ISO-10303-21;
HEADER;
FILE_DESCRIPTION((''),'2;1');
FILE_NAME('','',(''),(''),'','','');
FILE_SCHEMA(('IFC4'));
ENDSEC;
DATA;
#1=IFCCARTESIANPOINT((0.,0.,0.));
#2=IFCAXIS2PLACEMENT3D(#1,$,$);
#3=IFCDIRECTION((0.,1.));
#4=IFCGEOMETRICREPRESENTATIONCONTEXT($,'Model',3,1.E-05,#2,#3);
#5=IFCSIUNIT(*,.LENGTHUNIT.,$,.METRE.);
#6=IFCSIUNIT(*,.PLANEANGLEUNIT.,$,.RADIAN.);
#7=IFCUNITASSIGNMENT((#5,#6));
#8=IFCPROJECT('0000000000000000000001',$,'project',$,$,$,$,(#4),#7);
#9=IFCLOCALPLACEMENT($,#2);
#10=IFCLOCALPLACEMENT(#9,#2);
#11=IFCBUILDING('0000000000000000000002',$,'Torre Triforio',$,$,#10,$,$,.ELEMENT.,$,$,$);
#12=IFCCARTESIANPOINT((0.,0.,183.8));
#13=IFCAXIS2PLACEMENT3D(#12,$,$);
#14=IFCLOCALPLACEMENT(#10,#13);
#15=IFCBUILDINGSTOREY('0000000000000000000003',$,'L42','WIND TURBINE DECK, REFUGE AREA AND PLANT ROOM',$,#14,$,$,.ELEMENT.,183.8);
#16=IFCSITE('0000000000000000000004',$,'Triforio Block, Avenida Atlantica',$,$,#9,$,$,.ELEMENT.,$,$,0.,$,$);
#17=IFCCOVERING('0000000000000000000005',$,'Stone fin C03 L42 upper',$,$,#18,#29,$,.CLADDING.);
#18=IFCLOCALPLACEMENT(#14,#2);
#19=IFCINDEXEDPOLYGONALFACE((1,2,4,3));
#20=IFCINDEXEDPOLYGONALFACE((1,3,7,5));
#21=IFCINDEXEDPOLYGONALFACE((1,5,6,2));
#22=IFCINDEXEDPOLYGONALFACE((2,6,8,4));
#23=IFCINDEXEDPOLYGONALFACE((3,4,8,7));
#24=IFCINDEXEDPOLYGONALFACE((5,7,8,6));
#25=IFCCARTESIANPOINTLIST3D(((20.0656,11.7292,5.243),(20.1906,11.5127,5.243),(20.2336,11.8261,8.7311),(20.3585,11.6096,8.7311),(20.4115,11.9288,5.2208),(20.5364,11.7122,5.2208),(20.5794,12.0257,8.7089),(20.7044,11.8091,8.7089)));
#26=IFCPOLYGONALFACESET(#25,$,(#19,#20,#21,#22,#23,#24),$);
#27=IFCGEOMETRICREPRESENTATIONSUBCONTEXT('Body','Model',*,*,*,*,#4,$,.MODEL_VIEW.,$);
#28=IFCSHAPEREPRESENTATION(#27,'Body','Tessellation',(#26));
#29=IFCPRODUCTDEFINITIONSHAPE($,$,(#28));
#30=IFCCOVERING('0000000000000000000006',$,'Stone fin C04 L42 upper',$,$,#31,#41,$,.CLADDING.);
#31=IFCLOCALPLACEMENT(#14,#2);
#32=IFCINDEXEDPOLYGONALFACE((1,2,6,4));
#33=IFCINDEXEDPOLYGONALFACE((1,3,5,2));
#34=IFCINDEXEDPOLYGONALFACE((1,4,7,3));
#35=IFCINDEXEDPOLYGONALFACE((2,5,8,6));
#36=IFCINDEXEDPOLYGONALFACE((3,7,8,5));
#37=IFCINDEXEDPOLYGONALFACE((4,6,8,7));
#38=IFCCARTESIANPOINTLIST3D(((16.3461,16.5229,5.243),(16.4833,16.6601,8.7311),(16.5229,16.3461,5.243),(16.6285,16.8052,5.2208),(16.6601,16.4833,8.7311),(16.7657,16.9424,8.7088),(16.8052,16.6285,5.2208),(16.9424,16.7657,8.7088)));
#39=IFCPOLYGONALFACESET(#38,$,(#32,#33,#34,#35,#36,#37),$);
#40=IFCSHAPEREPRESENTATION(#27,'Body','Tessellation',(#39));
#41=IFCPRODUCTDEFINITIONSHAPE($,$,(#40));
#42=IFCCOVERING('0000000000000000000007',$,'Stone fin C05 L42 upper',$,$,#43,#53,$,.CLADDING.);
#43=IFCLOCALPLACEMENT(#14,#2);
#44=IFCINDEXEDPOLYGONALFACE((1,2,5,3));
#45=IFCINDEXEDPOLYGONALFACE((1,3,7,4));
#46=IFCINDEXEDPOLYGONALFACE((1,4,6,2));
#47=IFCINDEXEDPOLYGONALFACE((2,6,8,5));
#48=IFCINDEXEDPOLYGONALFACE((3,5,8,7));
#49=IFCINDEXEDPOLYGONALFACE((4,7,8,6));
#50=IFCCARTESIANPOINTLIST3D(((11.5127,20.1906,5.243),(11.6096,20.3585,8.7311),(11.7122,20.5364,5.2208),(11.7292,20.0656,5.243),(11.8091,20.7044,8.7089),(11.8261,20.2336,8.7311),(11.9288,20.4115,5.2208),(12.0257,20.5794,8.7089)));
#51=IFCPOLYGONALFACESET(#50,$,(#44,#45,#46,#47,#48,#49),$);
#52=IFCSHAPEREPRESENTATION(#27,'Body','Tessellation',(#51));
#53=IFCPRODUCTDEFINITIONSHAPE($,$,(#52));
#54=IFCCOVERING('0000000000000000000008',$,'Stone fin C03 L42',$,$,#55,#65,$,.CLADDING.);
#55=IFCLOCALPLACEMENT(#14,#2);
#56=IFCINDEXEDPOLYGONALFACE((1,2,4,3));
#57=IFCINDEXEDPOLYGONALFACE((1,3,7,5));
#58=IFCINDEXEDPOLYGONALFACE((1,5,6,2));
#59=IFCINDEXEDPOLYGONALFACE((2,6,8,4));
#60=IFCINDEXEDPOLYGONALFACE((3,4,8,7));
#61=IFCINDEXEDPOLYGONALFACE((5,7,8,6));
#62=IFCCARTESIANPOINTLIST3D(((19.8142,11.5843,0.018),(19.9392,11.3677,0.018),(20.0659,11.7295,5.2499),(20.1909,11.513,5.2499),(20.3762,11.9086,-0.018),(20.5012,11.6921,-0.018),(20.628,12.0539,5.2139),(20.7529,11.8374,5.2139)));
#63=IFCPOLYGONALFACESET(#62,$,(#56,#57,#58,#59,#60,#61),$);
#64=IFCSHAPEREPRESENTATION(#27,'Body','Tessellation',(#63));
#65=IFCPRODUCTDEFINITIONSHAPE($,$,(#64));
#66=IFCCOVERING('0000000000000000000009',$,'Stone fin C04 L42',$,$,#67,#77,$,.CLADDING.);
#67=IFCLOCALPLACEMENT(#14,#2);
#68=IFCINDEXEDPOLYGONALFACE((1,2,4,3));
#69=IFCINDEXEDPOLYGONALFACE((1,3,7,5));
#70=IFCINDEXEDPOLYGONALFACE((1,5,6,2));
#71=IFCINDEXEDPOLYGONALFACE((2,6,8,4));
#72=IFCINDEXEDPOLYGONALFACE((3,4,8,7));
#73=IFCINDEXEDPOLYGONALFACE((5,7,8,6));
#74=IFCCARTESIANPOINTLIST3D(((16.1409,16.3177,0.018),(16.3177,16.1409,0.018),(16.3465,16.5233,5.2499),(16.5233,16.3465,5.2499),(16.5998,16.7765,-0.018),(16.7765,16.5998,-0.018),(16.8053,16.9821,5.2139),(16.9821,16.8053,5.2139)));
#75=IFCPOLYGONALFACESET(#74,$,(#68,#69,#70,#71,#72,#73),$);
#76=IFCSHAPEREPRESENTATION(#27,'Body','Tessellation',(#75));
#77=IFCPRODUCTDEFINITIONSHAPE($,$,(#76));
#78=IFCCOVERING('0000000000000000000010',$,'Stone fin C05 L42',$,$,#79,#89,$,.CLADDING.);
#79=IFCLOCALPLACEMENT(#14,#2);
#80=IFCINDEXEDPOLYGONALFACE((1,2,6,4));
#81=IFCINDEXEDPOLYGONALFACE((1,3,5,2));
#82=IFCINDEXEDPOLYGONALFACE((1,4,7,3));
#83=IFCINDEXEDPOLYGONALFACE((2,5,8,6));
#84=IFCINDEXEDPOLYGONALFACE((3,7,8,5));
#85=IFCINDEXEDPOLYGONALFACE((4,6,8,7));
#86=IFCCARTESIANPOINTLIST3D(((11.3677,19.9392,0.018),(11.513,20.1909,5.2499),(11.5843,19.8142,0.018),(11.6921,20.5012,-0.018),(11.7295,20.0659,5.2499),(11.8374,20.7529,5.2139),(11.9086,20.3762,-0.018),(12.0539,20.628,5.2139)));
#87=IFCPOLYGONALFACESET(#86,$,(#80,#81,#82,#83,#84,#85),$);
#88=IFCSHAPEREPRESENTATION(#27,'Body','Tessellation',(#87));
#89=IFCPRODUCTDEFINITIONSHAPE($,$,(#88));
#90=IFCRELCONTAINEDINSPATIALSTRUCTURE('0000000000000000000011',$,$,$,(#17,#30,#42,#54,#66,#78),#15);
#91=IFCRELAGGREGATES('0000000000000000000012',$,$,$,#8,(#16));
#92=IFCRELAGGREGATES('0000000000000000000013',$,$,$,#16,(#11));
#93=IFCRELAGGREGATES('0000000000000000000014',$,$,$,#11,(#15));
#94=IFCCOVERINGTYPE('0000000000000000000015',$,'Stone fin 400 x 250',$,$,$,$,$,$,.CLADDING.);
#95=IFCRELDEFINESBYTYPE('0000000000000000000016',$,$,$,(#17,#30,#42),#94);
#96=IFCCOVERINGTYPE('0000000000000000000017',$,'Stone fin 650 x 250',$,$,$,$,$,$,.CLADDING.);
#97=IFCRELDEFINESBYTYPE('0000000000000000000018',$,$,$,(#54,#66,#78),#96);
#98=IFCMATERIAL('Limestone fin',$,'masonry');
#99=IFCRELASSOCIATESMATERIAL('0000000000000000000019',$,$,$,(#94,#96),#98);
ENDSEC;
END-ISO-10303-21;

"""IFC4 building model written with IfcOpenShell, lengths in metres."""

from ifc_helpers import new_model, si_unit, direction, frame, origin, origin_2d, place, context, subcontext, project, spatial, rectangle, extrude, material, material_profile, profile_set, type_object, element, save


model = new_model("IFC4")

# Units and contexts
model_context = context("Model", 3, precision=1e-05, world=origin(), true_north=direction((0.0, 1.0)))
body_context = subcontext(model_context, "Body", "Model", "MODEL_VIEW")
ifc_project = project(units=[si_unit("LENGTHUNIT", "METRE"), si_unit("PLANEANGLEUNIT", "RADIAN")], contexts=[model_context])

# Site, building, storey
site_placement = place(None, origin())
site = spatial("IfcSite", under=ifc_project, at=site_placement, Name="Triforio Block, Avenida Atlantica", CompositionType="ELEMENT", RefElevation=0.0)
building_placement = place(site_placement, origin())
building = spatial("IfcBuilding", under=site, at=building_placement, Name="Torre Triforio", CompositionType="ELEMENT")
storey_placement = place(building_placement, frame((0.0, 0.0, 183.8)))
storey = spatial("IfcBuildingStorey", under=building, at=storey_placement, Name="L42", Description="WIND TURBINE DECK, REFUGE AREA AND PLANT ROOM", CompositionType="ELEMENT", Elevation=183.8)

# Coverings
ifc_material_1 = material(Name="Limestone fin", Category="masonry")
ifc_material_profile_1 = material_profile(ifc_material_1, rectangle(XDim=0.3999, YDim=0.25, at=origin_2d()), Name="FIN 400x250")
ifc_profile_set_1 = profile_set([ifc_material_profile_1], Name="Limestone fin")
covering_type_1 = type_object("IfcCoveringType", Name="Stone fin 400 x 250", PredefinedType="CLADDING", material=ifc_profile_set_1)
for number, where, z_axis, x_axis, name in (
    (1, (20.301, 11.7207, 5.2319), (0.048081, 0.027745, 0.998458), (-0.864808, -0.499024, 0.055512), "Stone fin C03 L42 upper"),
    (2, (16.5757, 16.5757, 5.2319), (0.039276, 0.039276, 0.998456), (-0.706015, -0.706015, 0.055544), "Stone fin C04 L42 upper"),
    (3, (11.7207, 20.301, 5.2319), (0.027745, 0.048081, 0.998458), (-0.499024, -0.864808, 0.055512), "Stone fin C05 L42 upper"),
):
    element("IfcCovering", number, at=place(storey_placement, frame(where, z_axis=z_axis, x_axis=x_axis)), inside=storey, type_object=covering_type_1, Name=name, PredefinedType="CLADDING", context=body_context, shape_type="SweptSolid", body=[
        extrude(rectangle(XDim=0.3999, YDim=0.25, at=origin_2d()), origin(), (0.0, 0.0, 1.0), 3.4934),
    ])
ifc_material_profile_2 = material_profile(ifc_material_1, rectangle(XDim=0.6499, YDim=0.25, at=origin_2d()), Name="FIN 650x250")
ifc_profile_set_2 = profile_set([ifc_material_profile_2], Name="Limestone fin")
covering_type_2 = type_object("IfcCoveringType", Name="Stone fin 650 x 250", PredefinedType="CLADDING", material=ifc_profile_set_2)
for number, where, z_axis, x_axis, name in (
    (4, (20.1577, 11.6382, 0.0), (0.048036, 0.027722, 0.998461), (-0.864783, -0.499074, 0.055462), "Stone fin C03 L42"),
    (5, (16.4587, 16.4587, 0.0), (0.03923, 0.03923, 0.99846), (-0.706018, -0.706018, 0.05548), "Stone fin C04 L42"),
    (6, (11.6382, 20.1577, 0.0), (0.027722, 0.048036, 0.998461), (-0.499074, -0.864783, 0.055462), "Stone fin C05 L42"),
):
    element("IfcCovering", number, at=place(storey_placement, frame(where, z_axis=z_axis, x_axis=x_axis)), inside=storey, type_object=covering_type_2, Name=name, PredefinedType="CLADDING", context=body_context, shape_type="SweptSolid", body=[
        extrude(rectangle(XDim=0.6499, YDim=0.25, at=origin_2d()), origin(), (0.0, 0.0, 1.0), 5.24),
    ])

save(model, "model.ifc")
